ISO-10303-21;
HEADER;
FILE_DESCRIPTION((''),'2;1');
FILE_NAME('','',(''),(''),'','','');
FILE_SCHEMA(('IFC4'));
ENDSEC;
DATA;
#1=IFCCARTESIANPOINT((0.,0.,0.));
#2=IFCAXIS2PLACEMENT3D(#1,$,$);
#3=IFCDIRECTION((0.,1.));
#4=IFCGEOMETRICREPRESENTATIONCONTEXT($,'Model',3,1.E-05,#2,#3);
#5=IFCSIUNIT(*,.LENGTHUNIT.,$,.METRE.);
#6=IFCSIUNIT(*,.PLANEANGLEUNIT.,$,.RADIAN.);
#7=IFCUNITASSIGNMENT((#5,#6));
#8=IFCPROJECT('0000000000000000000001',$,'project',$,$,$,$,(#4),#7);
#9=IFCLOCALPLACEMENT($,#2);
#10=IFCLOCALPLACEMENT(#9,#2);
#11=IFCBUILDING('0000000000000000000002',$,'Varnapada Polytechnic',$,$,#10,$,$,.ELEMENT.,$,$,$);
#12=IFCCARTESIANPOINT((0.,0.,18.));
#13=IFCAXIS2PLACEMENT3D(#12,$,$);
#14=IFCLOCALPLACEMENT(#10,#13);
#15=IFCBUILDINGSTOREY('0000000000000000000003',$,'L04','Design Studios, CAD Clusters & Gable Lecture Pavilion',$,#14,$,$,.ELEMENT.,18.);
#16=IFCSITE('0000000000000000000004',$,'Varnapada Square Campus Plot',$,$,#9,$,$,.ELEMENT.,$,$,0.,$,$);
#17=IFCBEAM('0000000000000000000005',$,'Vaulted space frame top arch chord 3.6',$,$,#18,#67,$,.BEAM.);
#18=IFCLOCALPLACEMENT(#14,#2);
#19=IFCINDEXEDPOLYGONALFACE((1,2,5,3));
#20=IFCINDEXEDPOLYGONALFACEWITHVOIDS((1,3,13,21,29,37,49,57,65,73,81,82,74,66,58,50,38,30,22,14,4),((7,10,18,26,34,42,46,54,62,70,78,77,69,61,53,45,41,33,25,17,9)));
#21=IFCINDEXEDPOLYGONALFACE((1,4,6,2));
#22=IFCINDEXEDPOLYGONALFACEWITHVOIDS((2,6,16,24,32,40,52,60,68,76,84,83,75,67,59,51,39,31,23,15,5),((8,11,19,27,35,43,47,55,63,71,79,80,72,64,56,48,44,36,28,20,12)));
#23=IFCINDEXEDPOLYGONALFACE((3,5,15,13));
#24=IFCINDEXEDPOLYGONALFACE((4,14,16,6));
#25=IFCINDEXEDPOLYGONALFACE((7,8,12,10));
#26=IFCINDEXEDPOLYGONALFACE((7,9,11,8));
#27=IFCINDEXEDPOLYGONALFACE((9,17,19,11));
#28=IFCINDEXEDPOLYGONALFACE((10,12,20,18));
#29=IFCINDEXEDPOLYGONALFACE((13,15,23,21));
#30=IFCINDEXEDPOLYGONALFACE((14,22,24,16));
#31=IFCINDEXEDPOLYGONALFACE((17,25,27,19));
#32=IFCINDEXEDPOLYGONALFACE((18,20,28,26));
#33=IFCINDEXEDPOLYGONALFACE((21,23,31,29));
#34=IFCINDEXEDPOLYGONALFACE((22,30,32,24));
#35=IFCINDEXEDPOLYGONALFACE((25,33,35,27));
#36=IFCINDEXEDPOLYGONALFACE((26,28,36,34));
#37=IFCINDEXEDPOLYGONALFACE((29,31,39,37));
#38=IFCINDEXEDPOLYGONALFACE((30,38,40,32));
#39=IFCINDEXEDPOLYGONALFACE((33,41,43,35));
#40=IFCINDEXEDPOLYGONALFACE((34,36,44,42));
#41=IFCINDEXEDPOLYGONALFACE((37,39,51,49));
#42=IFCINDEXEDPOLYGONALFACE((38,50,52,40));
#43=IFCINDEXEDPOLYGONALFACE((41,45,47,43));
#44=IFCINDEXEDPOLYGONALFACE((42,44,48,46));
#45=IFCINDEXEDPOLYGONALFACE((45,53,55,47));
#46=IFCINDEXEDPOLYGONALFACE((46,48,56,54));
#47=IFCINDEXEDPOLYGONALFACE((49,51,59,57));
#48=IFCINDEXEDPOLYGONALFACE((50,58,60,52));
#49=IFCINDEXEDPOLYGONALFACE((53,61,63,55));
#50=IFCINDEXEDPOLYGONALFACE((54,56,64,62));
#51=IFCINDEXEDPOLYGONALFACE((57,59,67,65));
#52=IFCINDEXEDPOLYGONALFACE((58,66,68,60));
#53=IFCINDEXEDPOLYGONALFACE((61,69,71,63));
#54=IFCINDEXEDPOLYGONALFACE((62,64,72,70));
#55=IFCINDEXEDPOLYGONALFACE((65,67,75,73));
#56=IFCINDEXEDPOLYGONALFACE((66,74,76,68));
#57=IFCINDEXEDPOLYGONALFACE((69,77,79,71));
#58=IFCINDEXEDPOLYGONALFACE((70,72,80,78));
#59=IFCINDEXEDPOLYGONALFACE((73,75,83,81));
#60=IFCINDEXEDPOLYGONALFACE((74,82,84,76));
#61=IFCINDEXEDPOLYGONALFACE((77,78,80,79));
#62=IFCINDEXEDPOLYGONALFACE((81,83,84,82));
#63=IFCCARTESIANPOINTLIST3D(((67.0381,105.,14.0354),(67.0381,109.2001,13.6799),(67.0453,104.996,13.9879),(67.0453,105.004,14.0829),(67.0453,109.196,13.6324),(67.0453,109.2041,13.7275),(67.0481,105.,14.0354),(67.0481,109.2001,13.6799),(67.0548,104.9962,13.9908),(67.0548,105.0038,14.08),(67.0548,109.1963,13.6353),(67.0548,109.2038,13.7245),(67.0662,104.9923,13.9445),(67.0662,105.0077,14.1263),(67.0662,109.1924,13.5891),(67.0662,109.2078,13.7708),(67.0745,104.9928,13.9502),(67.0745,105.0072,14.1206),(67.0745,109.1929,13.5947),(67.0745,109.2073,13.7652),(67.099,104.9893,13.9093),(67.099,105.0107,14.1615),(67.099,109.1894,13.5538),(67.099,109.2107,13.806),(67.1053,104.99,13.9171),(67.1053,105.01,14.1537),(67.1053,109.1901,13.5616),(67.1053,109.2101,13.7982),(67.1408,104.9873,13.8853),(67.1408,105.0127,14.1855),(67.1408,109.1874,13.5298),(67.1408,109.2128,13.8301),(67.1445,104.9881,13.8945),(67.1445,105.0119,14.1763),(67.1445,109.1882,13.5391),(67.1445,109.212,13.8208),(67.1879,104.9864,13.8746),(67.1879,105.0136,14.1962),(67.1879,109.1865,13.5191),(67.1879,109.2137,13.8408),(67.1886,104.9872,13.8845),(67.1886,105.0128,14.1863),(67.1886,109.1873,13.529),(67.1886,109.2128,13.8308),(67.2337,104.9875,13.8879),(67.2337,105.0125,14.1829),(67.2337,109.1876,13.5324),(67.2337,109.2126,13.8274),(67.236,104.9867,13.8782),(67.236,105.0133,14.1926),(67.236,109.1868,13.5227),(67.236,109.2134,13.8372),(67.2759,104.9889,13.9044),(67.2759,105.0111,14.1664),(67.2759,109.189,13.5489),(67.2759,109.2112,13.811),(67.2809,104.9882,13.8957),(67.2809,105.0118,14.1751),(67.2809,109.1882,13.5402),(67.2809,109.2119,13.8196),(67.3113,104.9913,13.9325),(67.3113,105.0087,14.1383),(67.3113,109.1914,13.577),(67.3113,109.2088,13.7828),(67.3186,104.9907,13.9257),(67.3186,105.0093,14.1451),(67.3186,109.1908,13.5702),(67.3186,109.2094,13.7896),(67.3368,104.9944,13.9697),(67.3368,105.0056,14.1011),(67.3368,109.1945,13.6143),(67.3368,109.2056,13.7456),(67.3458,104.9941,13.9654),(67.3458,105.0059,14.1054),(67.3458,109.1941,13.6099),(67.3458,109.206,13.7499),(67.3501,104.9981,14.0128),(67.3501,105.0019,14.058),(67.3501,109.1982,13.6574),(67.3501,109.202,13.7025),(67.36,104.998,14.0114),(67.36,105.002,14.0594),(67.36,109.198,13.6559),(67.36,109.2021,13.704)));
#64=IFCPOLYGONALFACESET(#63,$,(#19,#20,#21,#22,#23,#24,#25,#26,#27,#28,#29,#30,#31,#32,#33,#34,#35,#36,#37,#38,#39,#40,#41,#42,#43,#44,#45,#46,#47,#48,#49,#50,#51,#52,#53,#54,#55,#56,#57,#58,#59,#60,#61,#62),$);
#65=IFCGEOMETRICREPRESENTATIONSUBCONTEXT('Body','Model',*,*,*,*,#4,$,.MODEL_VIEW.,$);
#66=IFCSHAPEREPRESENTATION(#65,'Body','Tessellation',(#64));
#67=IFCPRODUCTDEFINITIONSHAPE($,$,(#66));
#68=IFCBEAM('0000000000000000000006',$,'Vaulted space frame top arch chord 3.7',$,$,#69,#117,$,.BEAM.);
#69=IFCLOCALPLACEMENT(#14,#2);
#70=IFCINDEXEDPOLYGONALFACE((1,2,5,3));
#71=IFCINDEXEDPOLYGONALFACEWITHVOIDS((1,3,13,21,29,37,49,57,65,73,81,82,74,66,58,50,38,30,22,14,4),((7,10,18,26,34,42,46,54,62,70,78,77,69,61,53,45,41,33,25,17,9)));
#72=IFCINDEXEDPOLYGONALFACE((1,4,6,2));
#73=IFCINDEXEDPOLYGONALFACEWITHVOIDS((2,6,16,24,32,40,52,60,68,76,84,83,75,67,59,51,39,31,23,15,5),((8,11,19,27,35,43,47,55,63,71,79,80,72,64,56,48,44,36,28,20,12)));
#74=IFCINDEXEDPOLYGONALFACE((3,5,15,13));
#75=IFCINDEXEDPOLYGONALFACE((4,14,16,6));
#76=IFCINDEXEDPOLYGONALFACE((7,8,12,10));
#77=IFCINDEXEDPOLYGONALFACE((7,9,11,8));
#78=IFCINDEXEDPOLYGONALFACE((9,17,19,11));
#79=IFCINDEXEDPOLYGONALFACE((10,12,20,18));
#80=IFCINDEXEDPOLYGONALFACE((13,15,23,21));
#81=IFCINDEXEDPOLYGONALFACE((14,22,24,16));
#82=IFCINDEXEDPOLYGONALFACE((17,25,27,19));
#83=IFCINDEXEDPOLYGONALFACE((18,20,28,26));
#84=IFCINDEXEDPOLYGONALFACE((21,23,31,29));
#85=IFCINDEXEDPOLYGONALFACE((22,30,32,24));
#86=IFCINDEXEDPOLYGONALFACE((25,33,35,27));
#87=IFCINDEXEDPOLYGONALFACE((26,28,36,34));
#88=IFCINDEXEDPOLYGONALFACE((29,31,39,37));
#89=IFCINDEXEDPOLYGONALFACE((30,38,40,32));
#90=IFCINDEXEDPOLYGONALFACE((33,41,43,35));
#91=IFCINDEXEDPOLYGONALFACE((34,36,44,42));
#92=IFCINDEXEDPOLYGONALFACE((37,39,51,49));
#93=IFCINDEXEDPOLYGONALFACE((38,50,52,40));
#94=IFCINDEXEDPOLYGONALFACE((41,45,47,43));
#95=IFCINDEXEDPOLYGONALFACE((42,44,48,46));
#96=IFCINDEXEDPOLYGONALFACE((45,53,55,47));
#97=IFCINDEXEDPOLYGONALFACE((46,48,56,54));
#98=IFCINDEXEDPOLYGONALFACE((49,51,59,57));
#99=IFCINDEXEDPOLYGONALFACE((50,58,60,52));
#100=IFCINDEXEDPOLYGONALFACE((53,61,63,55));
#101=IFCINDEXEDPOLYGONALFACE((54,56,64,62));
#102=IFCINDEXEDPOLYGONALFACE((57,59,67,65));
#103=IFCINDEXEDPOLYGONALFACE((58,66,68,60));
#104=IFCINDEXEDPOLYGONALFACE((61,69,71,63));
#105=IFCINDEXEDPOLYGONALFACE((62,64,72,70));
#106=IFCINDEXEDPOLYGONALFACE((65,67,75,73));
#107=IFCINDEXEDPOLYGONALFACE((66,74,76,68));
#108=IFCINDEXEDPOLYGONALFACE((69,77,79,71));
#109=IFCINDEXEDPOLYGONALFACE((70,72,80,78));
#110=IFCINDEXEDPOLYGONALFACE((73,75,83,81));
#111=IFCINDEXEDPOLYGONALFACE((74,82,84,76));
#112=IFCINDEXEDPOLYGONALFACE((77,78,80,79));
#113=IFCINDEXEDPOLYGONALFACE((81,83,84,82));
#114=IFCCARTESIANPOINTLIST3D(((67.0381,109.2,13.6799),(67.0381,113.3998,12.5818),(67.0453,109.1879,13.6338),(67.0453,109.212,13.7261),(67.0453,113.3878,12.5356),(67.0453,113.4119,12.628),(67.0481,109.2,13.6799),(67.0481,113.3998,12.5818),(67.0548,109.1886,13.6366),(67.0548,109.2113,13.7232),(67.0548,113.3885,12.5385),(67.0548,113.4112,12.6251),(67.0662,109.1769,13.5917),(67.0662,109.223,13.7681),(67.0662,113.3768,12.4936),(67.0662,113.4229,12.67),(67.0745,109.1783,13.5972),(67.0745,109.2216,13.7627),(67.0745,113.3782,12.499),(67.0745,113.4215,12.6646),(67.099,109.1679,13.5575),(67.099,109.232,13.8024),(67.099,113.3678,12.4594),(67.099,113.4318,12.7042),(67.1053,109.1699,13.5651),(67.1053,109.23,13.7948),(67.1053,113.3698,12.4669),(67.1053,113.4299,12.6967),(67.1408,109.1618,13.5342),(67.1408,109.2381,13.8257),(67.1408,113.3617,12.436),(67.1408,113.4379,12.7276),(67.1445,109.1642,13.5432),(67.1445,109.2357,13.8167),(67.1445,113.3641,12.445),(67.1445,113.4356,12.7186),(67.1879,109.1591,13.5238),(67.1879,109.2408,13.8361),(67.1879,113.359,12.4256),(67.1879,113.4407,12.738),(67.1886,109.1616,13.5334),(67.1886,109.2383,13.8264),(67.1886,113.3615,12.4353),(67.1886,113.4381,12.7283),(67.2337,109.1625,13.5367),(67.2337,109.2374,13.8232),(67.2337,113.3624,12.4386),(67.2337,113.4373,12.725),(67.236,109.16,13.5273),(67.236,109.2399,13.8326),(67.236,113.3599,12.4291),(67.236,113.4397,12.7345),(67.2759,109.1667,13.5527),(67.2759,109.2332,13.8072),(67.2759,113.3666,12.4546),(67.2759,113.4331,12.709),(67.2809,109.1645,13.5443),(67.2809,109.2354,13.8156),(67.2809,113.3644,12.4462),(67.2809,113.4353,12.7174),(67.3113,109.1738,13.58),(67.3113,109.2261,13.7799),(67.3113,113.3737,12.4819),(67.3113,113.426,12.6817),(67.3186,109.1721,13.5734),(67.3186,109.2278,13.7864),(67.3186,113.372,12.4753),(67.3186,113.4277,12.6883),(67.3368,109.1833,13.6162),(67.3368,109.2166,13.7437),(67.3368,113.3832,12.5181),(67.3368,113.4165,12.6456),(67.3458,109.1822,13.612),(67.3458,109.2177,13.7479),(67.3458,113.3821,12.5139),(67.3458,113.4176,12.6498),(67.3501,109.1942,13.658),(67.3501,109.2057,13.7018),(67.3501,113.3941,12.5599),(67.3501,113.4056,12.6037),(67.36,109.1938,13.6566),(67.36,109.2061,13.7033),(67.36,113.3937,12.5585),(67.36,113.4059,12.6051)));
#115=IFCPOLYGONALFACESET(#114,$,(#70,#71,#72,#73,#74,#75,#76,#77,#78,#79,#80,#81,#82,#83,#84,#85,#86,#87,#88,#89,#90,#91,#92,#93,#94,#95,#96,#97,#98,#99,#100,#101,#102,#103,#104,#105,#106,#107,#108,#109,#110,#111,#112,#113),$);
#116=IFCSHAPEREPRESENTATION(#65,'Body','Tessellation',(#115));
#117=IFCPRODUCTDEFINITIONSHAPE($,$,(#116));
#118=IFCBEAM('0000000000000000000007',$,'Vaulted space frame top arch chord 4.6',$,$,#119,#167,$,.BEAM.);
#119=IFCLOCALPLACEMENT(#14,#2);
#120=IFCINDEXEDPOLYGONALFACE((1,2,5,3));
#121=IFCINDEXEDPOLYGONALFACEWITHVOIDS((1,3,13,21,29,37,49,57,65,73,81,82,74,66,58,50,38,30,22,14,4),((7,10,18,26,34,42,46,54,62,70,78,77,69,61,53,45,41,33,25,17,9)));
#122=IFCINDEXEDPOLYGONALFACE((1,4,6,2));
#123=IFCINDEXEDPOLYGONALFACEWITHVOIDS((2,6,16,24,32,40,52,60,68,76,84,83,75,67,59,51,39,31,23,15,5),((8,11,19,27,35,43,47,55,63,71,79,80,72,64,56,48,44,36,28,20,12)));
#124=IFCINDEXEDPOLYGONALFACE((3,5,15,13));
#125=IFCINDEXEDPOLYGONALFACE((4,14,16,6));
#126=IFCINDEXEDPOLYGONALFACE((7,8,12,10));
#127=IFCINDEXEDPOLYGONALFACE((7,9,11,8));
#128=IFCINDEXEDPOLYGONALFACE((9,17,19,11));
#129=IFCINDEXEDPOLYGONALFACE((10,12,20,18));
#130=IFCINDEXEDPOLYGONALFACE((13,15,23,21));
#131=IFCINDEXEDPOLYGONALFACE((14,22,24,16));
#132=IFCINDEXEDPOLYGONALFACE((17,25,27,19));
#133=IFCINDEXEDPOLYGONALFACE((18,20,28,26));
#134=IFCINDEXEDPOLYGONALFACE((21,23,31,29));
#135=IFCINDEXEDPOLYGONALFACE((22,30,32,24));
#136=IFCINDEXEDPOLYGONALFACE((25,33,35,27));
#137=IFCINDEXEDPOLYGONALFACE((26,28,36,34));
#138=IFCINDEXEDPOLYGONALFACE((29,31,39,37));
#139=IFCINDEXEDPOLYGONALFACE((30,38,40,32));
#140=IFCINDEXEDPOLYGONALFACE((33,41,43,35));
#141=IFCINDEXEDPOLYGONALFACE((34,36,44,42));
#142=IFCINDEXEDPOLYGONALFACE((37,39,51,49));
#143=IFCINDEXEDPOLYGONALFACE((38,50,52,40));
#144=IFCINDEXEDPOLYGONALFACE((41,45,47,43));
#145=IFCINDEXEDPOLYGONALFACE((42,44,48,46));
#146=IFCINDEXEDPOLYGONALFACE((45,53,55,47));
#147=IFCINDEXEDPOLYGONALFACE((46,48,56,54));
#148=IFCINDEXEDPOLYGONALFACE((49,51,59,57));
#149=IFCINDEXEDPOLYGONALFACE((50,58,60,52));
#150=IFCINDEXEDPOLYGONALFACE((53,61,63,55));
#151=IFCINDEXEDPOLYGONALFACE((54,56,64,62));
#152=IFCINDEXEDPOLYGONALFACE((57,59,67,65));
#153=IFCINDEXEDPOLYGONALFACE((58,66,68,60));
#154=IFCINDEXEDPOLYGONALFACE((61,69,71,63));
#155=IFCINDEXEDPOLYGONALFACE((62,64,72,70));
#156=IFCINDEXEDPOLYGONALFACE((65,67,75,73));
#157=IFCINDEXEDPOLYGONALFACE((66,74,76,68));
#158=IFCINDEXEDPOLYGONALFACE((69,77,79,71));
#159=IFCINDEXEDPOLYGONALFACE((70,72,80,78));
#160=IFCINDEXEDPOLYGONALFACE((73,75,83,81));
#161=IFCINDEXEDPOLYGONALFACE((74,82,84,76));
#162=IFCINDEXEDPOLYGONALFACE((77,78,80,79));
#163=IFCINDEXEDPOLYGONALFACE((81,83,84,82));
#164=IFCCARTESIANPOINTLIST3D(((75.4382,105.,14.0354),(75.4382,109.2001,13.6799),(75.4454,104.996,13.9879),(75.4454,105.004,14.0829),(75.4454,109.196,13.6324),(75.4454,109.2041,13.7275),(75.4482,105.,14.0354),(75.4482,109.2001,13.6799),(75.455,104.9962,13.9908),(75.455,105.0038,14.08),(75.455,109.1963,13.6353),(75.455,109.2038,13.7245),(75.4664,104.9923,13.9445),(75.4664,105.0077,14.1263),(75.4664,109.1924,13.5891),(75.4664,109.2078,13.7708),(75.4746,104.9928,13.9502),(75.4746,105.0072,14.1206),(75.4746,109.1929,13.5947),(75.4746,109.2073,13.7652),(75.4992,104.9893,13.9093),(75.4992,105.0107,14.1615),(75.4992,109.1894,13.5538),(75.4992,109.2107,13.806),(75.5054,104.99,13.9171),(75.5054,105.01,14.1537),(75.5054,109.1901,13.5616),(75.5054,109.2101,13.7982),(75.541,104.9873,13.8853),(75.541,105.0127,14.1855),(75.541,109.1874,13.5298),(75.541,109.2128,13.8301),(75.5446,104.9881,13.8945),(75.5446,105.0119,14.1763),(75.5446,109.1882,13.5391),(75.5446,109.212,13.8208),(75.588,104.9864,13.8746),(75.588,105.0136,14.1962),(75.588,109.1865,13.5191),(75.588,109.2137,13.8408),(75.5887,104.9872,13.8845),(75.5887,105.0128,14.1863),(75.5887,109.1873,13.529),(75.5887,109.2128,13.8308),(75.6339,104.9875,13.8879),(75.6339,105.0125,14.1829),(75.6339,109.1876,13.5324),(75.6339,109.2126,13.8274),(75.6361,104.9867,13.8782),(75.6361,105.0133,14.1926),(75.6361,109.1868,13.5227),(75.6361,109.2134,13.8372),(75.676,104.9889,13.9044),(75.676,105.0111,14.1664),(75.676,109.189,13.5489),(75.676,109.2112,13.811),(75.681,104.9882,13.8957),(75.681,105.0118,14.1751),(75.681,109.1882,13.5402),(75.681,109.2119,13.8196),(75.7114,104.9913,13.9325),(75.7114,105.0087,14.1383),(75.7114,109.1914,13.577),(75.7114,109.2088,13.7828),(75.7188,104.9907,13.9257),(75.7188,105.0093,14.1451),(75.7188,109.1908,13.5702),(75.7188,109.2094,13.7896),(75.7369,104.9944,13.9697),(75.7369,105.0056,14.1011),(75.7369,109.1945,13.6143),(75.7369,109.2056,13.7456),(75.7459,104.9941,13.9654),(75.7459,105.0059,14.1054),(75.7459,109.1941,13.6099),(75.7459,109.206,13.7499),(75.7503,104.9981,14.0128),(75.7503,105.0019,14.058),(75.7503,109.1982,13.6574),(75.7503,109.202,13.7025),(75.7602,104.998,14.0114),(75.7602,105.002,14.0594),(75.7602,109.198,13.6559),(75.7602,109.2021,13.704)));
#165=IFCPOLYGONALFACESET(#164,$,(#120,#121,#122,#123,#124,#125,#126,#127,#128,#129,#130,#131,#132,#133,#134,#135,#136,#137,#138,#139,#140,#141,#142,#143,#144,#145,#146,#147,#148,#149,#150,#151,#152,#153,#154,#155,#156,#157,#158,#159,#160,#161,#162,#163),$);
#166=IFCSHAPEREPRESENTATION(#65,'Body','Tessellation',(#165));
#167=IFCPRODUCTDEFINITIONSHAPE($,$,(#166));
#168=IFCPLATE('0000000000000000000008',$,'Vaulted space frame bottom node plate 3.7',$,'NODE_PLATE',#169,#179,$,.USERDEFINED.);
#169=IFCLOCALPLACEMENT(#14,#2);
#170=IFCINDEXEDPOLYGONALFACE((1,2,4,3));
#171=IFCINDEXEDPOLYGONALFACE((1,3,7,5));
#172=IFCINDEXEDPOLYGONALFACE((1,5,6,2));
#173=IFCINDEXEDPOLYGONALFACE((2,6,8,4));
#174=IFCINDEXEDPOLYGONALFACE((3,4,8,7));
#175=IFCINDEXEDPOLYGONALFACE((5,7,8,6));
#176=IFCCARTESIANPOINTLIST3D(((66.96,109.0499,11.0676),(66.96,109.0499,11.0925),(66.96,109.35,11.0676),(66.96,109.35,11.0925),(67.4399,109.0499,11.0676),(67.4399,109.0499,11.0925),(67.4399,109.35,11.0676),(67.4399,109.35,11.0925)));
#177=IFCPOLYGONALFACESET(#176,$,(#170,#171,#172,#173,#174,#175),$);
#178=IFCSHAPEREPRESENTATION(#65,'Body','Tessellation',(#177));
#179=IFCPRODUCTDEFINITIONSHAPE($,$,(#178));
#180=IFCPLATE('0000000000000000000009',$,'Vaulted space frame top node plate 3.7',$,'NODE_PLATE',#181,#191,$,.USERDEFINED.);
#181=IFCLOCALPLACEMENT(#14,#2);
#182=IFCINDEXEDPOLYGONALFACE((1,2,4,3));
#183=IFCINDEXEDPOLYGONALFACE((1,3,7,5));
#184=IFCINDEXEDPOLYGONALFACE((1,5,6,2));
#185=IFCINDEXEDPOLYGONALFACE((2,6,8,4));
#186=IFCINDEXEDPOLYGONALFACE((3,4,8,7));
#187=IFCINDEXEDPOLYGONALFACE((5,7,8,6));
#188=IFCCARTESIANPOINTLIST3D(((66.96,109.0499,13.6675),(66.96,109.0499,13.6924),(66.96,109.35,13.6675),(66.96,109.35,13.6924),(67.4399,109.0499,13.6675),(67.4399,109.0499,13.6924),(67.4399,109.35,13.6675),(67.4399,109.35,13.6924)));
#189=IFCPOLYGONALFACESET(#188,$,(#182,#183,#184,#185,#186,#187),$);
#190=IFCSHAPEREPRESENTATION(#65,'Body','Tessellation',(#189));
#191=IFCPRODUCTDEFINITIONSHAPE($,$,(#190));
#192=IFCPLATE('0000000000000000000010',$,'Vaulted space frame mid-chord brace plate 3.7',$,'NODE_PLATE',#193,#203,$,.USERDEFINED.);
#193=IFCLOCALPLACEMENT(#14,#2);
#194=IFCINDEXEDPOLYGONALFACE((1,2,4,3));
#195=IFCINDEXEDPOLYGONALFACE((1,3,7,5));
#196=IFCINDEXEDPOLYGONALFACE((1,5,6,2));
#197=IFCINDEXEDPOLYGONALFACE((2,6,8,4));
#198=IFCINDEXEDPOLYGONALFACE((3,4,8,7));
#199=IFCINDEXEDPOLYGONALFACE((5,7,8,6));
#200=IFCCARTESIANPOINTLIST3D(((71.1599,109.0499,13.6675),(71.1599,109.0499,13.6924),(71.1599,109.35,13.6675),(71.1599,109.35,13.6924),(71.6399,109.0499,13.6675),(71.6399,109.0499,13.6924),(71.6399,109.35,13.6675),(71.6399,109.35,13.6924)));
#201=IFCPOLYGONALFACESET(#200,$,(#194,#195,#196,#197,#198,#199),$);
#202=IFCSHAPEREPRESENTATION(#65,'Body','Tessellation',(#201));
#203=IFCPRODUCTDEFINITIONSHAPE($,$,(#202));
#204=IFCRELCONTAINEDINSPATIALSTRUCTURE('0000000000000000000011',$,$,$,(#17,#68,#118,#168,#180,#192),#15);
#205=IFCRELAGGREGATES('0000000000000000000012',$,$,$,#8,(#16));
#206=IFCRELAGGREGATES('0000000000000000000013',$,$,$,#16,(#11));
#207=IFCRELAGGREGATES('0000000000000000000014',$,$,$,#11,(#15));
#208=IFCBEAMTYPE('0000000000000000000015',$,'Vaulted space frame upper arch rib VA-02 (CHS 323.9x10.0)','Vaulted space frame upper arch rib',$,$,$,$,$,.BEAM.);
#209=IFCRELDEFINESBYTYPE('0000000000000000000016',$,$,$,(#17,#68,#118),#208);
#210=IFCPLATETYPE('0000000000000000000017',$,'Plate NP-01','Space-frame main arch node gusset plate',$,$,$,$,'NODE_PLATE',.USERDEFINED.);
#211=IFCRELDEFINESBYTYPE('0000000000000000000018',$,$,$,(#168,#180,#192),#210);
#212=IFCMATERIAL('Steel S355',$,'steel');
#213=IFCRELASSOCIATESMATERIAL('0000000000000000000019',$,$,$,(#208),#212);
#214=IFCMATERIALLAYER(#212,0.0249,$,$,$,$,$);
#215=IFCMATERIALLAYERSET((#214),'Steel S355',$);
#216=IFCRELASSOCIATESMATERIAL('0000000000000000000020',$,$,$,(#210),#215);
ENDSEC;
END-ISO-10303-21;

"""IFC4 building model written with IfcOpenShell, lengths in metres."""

from ifc_helpers import new_model, si_unit, direction, frame, origin, origin_2d, place, context, subcontext, project, spatial, rectangle, hollow_circle, extrude, material, layer, layer_set, material_profile, profile_set, type_object, element, save


model = new_model("IFC4")

# Units and contexts
model_context = context("Model", 3, precision=1e-05, world=origin(), true_north=direction((0.0, 1.0)))
body_context = subcontext(model_context, "Body", "Model", "MODEL_VIEW")
ifc_project = project(units=[si_unit("LENGTHUNIT", "METRE"), si_unit("PLANEANGLEUNIT", "RADIAN")], contexts=[model_context])

# Site, building, storey
site_placement = place(None, origin())
site = spatial("IfcSite", under=ifc_project, at=site_placement, Name="Varnapada Square Campus Plot", CompositionType="ELEMENT", RefElevation=0.0)
building_placement = place(site_placement, origin())
building = spatial("IfcBuilding", under=site, at=building_placement, Name="Varnapada Polytechnic", CompositionType="ELEMENT")
storey_placement = place(building_placement, frame((0.0, 0.0, 18.0)))
storey = spatial("IfcBuildingStorey", under=building, at=storey_placement, Name="L04", Description="Design Studios, CAD Clusters & Gable Lecture Pavilion", CompositionType="ELEMENT", Elevation=18.0)

# Shared definitions
ifc_material = material(Name="Steel S355", Category="steel")

# Beams
ifc_material_profile_1 = material_profile(ifc_material, hollow_circle(Radius=0.1619, WallThickness=0.01, at=origin_2d()), Name="CHS 323.9x10.0")
ifc_profile_set_1 = profile_set([ifc_material_profile_1], Name="Steel S355")
beam_type_1 = type_object("IfcBeamType", Name="Vaulted space frame upper arch rib VA-02 (CHS 323.9x10.0)", Description="Vaulted space frame upper arch rib", PredefinedType="BEAM", material=ifc_profile_set_1)
beam_1_placement = place(storey_placement, frame((67.2, 105.0, 14.0354), z_axis=(0.0, 0.996437, -0.084335), x_axis=(-1.0, 0.0, 0.0)))
element("IfcBeam", 1, at=beam_1_placement, inside=storey, type_object=beam_type_1, Name="Vaulted space frame top arch chord 3.6", PredefinedType="BEAM", context=body_context, shape_type="SweptSolid", body=[
    extrude(hollow_circle(Radius=0.1619, WallThickness=0.01, at=origin_2d()), origin(), (0.0, 0.0, 1.0), 4.2151),
])
beam_2_placement = place(storey_placement, frame((67.2, 109.2, 13.6799), z_axis=(0.0, 0.967476, -0.252962), x_axis=(-1.0, 0.0, 0.0)))
element("IfcBeam", 2, at=beam_2_placement, inside=storey, type_object=beam_type_1, Name="Vaulted space frame top arch chord 3.7", PredefinedType="BEAM", context=body_context, shape_type="SweptSolid", body=[
    extrude(hollow_circle(Radius=0.1619, WallThickness=0.01, at=origin_2d()), origin(), (0.0, 0.0, 1.0), 4.3411),
])
beam_3_placement = place(storey_placement, frame((75.6001, 105.0, 14.0354), z_axis=(0.0, 0.996437, -0.084335), x_axis=(-1.0, 0.0, 0.0)))
element("IfcBeam", 3, at=beam_3_placement, inside=storey, type_object=beam_type_1, Name="Vaulted space frame top arch chord 4.6", PredefinedType="BEAM", context=body_context, shape_type="SweptSolid", body=[
    extrude(hollow_circle(Radius=0.1619, WallThickness=0.01, at=origin_2d()), origin(), (0.0, 0.0, 1.0), 4.2151),
])

# Plates
ifc_layer_1 = layer(ifc_material, 0.0249)
ifc_layer_set_1 = layer_set([ifc_layer_1], Name="Steel S355")
plate_type_1 = type_object("IfcPlateType", Name="Plate NP-01", Description="Space-frame main arch node gusset plate", ElementType="NODE_PLATE", PredefinedType="USERDEFINED", material=ifc_layer_set_1)
for number, where, z_axis, x_axis, name in (
    (4, (67.2, 109.2, 11.0676), (0.0, 0.0, 1.0), (1.0, 0.0, 0.0), "Vaulted space frame bottom node plate 3.7"),
    (5, (67.2, 109.2, 13.6675), (0.0, 0.0, 1.0), (1.0, 0.0, 0.0), "Vaulted space frame top node plate 3.7"),
    (6, (71.3999, 109.2, 13.6675), (0.0, 0.0, 1.0), (1.0, 0.0, 0.0), "Vaulted space frame mid-chord brace plate 3.7"),
):
    element("IfcPlate", number, at=place(storey_placement, frame(where, z_axis=z_axis, x_axis=x_axis)), inside=storey, type_object=plate_type_1, Name=name, ObjectType="NODE_PLATE", PredefinedType="USERDEFINED", context=body_context, shape_type="SweptSolid", body=[
        extrude(rectangle(XDim=0.48, YDim=0.3, at=origin_2d()), origin(), (0.0, 0.0, 1.0), 0.0249),
    ])

save(model, "model.ifc")
